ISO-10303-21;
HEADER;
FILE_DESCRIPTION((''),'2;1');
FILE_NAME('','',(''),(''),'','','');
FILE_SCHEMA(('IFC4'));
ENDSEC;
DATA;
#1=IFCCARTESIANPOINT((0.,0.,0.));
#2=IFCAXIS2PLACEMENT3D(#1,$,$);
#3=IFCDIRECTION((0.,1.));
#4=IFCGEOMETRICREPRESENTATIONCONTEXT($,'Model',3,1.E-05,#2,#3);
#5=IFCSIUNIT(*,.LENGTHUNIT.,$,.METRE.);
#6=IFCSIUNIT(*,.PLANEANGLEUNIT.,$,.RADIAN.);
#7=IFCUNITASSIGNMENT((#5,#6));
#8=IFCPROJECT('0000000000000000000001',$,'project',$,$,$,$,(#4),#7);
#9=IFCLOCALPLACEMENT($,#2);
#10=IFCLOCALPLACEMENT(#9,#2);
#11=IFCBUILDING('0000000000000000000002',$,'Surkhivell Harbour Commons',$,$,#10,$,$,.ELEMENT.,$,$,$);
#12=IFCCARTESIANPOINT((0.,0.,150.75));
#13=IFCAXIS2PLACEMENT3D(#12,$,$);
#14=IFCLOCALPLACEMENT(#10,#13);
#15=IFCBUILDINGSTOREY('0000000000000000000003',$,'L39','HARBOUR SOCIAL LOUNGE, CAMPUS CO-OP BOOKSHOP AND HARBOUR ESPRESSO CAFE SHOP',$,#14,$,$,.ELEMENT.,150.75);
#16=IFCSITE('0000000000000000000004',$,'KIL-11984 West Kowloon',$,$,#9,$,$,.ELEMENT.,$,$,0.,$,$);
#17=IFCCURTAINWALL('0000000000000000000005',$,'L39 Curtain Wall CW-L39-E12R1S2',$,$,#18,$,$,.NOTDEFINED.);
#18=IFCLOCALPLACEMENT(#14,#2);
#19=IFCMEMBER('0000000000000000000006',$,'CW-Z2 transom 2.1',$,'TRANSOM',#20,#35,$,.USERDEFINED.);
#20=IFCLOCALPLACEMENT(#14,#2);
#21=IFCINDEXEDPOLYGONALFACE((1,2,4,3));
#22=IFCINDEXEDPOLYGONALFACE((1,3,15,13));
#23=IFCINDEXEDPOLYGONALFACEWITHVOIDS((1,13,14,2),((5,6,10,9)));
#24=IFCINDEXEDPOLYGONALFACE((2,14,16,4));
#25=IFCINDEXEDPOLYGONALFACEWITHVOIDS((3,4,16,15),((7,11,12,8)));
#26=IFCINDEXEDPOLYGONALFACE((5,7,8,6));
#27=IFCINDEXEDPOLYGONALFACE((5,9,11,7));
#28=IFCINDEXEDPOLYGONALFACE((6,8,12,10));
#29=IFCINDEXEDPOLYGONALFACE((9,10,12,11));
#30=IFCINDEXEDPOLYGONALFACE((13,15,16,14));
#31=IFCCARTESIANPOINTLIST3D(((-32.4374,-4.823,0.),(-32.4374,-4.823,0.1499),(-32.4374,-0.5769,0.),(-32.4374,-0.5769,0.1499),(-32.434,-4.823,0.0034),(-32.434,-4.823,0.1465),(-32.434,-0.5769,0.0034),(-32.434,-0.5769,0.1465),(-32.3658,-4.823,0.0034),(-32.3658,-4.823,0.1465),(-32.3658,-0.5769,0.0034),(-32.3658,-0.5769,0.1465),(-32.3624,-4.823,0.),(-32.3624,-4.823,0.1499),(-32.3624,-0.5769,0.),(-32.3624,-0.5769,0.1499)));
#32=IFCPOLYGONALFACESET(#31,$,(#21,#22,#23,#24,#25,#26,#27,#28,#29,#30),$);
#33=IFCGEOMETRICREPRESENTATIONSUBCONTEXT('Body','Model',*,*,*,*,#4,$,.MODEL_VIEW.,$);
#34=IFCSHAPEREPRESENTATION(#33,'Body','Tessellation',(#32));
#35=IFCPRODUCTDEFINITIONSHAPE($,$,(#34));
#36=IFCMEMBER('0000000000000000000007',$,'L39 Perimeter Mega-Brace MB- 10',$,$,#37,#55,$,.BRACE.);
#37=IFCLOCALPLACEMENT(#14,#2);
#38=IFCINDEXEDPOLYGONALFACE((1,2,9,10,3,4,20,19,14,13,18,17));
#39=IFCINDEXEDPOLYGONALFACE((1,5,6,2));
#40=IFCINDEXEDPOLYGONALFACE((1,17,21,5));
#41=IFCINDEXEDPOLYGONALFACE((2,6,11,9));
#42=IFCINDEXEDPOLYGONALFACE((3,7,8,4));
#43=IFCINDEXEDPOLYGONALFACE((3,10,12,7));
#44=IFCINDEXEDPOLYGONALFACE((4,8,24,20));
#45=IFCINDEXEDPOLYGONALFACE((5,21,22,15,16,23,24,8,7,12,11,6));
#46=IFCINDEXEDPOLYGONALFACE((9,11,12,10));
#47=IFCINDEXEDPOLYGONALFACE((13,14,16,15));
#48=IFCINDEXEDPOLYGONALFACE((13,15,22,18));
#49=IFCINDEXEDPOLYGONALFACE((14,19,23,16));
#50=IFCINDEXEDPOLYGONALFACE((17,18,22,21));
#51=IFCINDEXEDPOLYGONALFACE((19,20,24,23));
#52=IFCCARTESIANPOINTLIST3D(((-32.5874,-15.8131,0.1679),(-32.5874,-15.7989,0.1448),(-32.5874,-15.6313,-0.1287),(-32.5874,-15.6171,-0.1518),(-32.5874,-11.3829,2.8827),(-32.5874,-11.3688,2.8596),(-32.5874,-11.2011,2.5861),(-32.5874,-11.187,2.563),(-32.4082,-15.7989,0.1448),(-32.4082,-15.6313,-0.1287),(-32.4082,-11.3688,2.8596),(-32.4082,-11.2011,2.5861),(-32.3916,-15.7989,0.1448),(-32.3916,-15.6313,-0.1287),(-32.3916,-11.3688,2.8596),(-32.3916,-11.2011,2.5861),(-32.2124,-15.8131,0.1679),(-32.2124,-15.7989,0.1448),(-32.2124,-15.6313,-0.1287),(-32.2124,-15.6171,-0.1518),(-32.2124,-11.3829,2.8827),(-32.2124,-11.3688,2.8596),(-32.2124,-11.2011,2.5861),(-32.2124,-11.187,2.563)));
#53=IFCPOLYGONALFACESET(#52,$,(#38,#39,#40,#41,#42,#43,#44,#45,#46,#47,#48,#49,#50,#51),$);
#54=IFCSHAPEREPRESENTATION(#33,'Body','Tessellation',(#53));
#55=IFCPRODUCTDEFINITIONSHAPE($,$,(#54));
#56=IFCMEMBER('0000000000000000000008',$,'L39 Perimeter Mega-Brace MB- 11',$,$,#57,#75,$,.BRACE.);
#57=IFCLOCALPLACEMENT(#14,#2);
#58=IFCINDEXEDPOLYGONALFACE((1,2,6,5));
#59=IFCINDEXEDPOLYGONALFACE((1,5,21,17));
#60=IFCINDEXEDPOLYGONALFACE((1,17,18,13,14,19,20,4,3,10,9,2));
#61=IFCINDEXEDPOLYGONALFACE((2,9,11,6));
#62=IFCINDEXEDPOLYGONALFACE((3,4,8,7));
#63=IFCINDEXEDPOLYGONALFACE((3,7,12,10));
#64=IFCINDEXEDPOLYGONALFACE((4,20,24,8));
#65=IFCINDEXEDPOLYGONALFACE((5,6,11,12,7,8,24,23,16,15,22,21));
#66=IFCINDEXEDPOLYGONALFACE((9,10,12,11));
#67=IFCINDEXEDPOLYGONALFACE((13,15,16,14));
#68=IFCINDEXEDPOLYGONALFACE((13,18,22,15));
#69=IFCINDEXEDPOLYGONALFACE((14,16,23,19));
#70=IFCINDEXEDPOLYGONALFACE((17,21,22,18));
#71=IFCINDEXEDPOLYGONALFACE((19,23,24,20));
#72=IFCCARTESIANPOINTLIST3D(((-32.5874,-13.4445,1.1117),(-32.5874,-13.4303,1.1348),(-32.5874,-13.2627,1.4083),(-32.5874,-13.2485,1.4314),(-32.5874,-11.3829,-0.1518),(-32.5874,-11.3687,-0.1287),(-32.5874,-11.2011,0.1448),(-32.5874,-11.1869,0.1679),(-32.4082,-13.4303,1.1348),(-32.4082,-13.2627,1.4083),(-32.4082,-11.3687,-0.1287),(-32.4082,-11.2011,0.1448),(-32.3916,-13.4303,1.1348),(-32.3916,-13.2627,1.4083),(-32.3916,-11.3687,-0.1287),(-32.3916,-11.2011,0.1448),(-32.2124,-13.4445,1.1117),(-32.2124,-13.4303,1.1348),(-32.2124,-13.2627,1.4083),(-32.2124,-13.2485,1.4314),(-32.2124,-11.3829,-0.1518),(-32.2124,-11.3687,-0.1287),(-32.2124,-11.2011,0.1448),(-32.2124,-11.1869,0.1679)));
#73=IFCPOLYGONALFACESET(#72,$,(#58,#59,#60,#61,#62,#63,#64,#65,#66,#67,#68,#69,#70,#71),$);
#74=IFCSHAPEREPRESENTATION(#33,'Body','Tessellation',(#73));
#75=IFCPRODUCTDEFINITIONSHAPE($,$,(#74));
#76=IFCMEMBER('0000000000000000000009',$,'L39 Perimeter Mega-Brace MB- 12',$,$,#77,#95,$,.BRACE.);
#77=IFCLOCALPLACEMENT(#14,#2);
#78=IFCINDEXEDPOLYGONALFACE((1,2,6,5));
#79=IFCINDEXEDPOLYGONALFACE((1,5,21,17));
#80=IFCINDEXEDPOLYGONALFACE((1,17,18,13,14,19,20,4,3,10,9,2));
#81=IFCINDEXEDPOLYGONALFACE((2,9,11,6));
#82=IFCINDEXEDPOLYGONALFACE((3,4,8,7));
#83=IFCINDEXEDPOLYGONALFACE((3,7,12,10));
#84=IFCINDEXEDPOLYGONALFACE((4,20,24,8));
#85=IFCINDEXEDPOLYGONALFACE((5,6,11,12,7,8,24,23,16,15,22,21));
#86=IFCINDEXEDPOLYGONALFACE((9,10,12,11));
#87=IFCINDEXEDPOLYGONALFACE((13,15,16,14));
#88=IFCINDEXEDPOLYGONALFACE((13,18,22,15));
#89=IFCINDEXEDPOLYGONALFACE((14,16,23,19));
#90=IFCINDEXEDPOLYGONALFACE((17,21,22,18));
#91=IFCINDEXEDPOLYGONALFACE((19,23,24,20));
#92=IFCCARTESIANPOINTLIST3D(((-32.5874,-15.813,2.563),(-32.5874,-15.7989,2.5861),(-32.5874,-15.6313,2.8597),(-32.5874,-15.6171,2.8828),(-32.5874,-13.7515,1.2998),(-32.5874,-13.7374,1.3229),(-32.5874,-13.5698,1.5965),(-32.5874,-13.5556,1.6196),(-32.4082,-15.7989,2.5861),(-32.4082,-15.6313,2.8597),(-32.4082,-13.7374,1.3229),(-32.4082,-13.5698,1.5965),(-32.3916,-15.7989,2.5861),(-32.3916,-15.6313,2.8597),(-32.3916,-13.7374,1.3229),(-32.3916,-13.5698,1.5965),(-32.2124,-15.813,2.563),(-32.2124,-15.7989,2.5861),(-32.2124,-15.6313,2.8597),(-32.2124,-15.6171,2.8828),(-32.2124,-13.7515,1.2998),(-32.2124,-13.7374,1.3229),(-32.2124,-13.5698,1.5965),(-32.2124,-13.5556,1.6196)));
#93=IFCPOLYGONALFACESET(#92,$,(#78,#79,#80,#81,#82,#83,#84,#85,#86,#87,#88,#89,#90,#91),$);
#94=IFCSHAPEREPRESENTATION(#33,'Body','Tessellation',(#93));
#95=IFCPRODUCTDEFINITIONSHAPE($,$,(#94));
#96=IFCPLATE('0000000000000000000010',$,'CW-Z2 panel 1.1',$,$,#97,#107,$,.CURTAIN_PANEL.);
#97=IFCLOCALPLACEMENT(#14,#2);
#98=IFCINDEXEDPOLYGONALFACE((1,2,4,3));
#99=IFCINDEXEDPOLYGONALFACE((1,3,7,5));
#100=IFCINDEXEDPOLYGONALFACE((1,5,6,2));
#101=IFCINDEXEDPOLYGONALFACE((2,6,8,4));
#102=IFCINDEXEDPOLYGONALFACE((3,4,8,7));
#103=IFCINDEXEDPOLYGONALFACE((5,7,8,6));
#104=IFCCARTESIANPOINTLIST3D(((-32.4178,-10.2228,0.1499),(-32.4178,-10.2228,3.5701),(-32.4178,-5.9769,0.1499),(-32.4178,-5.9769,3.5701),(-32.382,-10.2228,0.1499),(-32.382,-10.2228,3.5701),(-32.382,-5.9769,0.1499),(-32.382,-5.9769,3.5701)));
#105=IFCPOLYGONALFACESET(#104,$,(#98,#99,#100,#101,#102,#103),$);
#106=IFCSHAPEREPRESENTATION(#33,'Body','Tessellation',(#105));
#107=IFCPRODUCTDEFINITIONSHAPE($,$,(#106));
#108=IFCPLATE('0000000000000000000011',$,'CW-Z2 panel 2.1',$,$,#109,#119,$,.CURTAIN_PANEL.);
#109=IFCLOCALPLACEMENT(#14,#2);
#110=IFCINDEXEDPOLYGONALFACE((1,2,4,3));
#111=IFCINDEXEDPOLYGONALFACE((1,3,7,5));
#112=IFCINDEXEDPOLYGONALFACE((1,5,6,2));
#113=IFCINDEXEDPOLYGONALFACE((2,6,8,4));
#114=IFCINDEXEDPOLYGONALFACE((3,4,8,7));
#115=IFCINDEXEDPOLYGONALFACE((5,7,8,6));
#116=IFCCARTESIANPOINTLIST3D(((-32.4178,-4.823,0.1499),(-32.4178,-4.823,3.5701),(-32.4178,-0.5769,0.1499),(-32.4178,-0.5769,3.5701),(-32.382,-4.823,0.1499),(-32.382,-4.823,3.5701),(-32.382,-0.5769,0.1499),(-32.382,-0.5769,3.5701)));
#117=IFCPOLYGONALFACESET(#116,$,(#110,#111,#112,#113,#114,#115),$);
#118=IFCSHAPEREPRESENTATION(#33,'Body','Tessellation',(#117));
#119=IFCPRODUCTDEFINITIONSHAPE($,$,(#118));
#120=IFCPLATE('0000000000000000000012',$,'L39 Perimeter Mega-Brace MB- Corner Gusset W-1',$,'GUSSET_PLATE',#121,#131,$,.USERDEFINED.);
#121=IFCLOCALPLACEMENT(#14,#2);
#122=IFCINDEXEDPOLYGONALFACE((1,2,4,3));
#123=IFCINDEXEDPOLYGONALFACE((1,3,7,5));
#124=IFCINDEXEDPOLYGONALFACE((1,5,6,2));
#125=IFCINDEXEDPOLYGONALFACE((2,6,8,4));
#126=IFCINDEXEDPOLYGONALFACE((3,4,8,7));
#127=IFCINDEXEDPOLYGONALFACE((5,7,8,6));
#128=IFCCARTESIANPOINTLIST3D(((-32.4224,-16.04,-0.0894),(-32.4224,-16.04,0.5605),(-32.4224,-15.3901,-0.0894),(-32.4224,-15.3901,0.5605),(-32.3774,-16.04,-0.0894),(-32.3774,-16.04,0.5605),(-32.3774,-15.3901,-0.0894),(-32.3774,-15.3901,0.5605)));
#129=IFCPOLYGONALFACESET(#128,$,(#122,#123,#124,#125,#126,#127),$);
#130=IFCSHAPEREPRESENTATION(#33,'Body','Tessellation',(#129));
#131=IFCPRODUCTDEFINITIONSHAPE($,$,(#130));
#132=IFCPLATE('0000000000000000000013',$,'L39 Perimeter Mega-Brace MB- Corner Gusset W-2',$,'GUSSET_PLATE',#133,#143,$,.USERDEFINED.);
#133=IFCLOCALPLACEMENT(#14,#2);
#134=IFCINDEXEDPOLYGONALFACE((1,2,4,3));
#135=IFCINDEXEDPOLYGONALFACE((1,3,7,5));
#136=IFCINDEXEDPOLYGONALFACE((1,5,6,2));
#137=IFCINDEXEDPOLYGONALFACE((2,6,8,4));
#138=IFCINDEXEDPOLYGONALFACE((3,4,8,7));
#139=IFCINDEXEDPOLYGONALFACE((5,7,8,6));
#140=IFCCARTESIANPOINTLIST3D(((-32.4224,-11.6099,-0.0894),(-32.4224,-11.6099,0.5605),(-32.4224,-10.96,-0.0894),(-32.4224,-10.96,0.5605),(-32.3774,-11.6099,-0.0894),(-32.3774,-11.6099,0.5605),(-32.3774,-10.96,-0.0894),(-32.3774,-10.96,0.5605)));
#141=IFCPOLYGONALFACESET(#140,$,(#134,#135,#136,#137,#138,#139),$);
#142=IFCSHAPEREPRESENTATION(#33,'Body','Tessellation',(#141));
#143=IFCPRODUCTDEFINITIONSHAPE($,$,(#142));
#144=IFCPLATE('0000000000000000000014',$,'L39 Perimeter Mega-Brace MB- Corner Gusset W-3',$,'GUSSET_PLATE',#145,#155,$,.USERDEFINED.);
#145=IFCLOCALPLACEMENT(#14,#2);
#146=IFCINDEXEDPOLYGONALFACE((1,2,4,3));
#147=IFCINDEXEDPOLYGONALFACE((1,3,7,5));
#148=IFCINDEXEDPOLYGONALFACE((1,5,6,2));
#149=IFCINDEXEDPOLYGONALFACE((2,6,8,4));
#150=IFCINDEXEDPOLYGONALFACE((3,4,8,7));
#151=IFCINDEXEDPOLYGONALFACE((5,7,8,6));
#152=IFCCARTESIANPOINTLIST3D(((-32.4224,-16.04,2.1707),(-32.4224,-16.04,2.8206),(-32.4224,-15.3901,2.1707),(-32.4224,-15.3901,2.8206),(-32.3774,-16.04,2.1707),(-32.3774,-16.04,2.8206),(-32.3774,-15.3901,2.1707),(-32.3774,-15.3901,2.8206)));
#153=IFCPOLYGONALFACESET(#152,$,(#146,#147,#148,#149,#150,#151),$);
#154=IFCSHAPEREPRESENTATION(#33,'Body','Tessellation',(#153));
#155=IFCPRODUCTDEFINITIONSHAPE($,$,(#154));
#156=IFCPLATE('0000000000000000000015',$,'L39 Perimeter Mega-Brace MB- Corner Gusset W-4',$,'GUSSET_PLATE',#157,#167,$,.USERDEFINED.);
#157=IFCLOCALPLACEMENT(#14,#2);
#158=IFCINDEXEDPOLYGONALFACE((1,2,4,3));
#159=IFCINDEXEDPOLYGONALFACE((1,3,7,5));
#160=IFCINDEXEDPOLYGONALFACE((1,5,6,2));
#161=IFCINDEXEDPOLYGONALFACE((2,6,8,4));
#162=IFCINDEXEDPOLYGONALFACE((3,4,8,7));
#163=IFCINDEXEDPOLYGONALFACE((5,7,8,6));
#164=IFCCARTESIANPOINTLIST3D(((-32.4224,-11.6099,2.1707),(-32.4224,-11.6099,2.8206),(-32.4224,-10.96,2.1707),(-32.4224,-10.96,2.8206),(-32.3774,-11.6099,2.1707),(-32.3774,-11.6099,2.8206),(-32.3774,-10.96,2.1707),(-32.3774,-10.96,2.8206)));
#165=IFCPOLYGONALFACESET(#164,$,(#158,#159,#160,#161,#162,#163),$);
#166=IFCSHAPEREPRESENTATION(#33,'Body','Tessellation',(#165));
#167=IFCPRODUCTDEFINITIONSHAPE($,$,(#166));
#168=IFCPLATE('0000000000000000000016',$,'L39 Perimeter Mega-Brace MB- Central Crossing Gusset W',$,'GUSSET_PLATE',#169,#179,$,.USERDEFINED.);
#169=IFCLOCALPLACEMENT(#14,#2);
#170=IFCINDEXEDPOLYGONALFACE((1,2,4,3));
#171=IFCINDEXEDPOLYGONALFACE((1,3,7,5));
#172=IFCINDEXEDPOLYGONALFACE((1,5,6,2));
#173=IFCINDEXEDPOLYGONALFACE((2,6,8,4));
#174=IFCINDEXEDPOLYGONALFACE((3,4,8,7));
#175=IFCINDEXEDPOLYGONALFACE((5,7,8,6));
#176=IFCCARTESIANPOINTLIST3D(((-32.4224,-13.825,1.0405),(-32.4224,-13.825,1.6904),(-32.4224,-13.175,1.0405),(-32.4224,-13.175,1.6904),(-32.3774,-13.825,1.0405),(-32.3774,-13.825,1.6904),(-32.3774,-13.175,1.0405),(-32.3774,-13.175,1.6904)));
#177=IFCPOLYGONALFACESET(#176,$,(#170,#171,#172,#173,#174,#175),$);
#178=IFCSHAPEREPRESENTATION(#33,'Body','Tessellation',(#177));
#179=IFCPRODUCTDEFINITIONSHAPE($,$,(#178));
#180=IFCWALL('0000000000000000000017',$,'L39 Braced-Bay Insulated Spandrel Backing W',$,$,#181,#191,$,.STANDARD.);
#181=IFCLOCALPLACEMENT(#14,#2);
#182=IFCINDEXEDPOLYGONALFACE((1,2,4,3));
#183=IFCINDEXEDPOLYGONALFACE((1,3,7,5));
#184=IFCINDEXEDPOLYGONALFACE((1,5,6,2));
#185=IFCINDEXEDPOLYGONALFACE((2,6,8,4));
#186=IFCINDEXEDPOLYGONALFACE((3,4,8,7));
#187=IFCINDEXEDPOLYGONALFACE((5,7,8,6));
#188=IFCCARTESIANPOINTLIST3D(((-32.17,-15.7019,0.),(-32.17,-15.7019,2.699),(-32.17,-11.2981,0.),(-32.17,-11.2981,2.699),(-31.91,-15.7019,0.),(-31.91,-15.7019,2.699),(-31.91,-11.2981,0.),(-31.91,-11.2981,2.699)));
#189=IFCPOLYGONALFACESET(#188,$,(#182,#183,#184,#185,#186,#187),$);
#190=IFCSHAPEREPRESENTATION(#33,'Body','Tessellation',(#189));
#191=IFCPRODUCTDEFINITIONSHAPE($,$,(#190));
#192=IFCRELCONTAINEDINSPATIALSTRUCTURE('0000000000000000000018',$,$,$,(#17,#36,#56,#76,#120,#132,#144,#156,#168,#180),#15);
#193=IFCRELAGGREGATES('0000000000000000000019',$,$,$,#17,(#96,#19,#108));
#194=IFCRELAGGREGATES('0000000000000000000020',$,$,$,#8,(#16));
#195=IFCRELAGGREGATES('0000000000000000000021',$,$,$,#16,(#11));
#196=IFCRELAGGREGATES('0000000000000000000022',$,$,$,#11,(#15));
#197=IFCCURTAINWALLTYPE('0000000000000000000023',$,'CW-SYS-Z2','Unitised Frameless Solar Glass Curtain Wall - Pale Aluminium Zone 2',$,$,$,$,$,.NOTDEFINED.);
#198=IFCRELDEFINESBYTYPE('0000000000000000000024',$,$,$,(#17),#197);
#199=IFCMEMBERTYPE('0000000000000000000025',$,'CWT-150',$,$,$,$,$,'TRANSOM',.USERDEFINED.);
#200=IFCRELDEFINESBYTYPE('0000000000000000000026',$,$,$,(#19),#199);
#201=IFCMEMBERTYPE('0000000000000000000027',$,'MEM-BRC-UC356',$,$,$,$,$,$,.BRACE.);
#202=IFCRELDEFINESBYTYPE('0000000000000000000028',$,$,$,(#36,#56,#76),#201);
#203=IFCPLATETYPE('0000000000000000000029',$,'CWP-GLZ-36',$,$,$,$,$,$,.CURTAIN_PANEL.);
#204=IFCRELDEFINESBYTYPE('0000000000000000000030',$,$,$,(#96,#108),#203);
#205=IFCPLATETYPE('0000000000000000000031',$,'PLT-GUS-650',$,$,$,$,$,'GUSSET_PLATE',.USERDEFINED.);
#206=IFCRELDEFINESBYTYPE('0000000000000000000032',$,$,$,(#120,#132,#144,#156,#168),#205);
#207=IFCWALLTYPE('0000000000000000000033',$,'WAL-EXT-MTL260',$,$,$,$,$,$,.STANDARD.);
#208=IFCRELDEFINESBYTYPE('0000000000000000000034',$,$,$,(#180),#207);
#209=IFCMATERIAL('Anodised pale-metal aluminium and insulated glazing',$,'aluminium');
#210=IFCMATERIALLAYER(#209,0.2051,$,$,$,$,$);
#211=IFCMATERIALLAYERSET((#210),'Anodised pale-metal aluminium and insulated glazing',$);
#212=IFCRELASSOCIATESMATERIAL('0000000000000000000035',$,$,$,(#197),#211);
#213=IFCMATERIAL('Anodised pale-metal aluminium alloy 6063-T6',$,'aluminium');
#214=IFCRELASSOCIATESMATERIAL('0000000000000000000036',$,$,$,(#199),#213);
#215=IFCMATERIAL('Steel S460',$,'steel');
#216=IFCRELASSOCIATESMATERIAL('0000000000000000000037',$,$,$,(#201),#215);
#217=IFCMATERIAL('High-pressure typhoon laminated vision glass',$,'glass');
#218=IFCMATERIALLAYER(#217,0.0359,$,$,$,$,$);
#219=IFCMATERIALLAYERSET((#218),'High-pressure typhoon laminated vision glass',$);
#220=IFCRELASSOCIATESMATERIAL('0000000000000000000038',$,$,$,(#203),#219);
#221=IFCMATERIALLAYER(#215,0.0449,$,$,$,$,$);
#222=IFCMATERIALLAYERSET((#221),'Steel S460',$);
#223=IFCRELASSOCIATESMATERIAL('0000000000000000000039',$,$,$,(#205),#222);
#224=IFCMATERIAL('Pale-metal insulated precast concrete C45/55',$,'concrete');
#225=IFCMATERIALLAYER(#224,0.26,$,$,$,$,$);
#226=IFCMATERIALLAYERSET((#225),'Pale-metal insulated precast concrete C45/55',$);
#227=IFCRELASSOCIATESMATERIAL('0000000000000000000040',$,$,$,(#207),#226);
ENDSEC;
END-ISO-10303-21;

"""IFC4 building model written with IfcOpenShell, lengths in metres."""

from ifc_helpers import new_model, si_unit, direction, frame, frame_2d, origin, origin_2d, place, context, subcontext, project, spatial, rectangle, hollow_rectangle, i_section, extrude, material, layer, layer_set, material_profile, profile_set, type_object, element, aggregate, save


model = new_model("IFC4")

# Units and contexts
model_context = context("Model", 3, precision=1e-05, world=origin(), true_north=direction((0.0, 1.0)))
body_context = subcontext(model_context, "Body", "Model", "MODEL_VIEW")
ifc_project = project(units=[si_unit("LENGTHUNIT", "METRE"), si_unit("PLANEANGLEUNIT", "RADIAN")], contexts=[model_context])

# Site, building, storey
site_placement = place(None, origin())
site = spatial("IfcSite", under=ifc_project, at=site_placement, Name="KIL-11984 West Kowloon", CompositionType="ELEMENT", RefElevation=0.0)
building_placement = place(site_placement, origin())
building = spatial("IfcBuilding", under=site, at=building_placement, Name="Surkhivell Harbour Commons", CompositionType="ELEMENT")
storey_placement = place(building_placement, frame((0.0, 0.0, 150.75)))
storey = spatial("IfcBuildingStorey", under=building, at=storey_placement, Name="L39", Description="HARBOUR SOCIAL LOUNGE, CAMPUS CO-OP BOOKSHOP AND HARBOUR ESPRESSO CAFE SHOP", CompositionType="ELEMENT", Elevation=150.75)

# Shared definitions
ifc_material_1 = material(Name="Steel S460", Category="steel")

# Curtain wall, member
ifc_material_2 = material(Name="Anodised pale-metal aluminium and insulated glazing", Category="aluminium")
ifc_layer_1 = layer(ifc_material_2, 0.2051)
ifc_layer_set_1 = layer_set([ifc_layer_1], Name="Anodised pale-metal aluminium and insulated glazing")
curtain_wall_type = type_object("IfcCurtainWallType", Name="CW-SYS-Z2", Description="Unitised Frameless Solar Glass Curtain Wall - Pale Aluminium Zone 2", PredefinedType="NOTDEFINED", material=ifc_layer_set_1)
curtain_wall_placement = place(storey_placement, origin())
curtain_wall = element("IfcCurtainWall", 1, at=curtain_wall_placement, inside=storey, type_object=curtain_wall_type, Name="L39 Curtain Wall CW-L39-E12R1S2", PredefinedType="NOTDEFINED")
ifc_material_3 = material(Name="Anodised pale-metal aluminium alloy 6063-T6", Category="aluminium")
ifc_material_profile_1 = material_profile(ifc_material_3, hollow_rectangle(XDim=0.075, YDim=0.1499, WallThickness=0.0034, at=origin_2d()), Name="ALU-TRAN-75x150")
ifc_profile_set_1 = profile_set([ifc_material_profile_1], Name="Anodised pale-metal aluminium alloy 6063-T6")
member_type_1 = type_object("IfcMemberType", Name="CWT-150", ElementType="TRANSOM", PredefinedType="USERDEFINED", material=ifc_profile_set_1)
member_1_placement = place(storey_placement, frame((-32.3999, -4.823, 0.075), z_axis=(0.0, 1.0, 0.0), x_axis=(-1.0, 0.0, 0.0)))
member_1 = element("IfcMember", 2, at=member_1_placement, type_object=member_type_1, Name="CW-Z2 transom 2.1", ObjectType="TRANSOM", PredefinedType="USERDEFINED", context=body_context, shape_type="SweptSolid", body=[
    extrude(hollow_rectangle(XDim=0.075, YDim=0.1499, WallThickness=0.0034, at=origin_2d()), origin(), (0.0, 0.0, 1.0), 4.2461),
])

# Members
ifc_material_profile_2 = material_profile(ifc_material_1, i_section(OverallWidth=0.375, OverallDepth=0.375, WebThickness=0.0166, FlangeThickness=0.0271, at=origin_2d()), Name="UC356x368x202")
ifc_profile_set_2 = profile_set([ifc_material_profile_2], Name="Steel S460")
member_type_2 = type_object("IfcMemberType", Name="MEM-BRC-UC356", PredefinedType="BRACE", material=ifc_profile_set_2)
member_2_placement = place(storey_placement, frame((-32.3999, -15.7151, 0.0081), z_axis=(0.0, 0.852638, 0.522503), x_axis=(-1.0, 0.0, 0.0)))
element("IfcMember", 3, at=member_2_placement, inside=storey, type_object=member_type_2, Name="L39 Perimeter Mega-Brace MB- 10", PredefinedType="BRACE", context=body_context, shape_type="SweptSolid", body=[
    extrude(i_section(OverallWidth=0.375, OverallDepth=0.375, WebThickness=0.0166, FlangeThickness=0.0271, at=origin_2d()), origin(), (0.0, 0.0, 1.0), 5.1958),
])
member_3_placement = place(storey_placement, frame((-32.3999, -11.2849, 0.0081), z_axis=(0.0, -0.852617, 0.522536), x_axis=(1.0, 0.0, 0.0)))
element("IfcMember", 4, at=member_3_placement, inside=storey, type_object=member_type_2, Name="L39 Perimeter Mega-Brace MB- 11", PredefinedType="BRACE", context=body_context, shape_type="SweptSolid", body=[
    extrude(i_section(OverallWidth=0.375, OverallDepth=0.375, WebThickness=0.0166, FlangeThickness=0.0271, at=origin_2d()), origin(), (0.0, 0.0, 1.0), 2.418),
])
member_4_placement = place(storey_placement, frame((-32.3999, -13.6536, 1.4597), z_axis=(0.0, -0.852662, 0.522463), x_axis=(1.0, 0.0, 0.0)))
element("IfcMember", 5, at=member_4_placement, inside=storey, type_object=member_type_2, Name="L39 Perimeter Mega-Brace MB- 12", PredefinedType="BRACE", context=body_context, shape_type="SweptSolid", body=[
    extrude(i_section(OverallWidth=0.375, OverallDepth=0.375, WebThickness=0.0166, FlangeThickness=0.0271, at=origin_2d()), origin(), (0.0, 0.0, 1.0), 2.4177),
])

# Plates
ifc_material_4 = material(Name="High-pressure typhoon laminated vision glass", Category="glass")
ifc_layer_2 = layer(ifc_material_4, 0.0359)
ifc_layer_set_2 = layer_set([ifc_layer_2], Name="High-pressure typhoon laminated vision glass")
plate_type_1 = type_object("IfcPlateType", Name="CWP-GLZ-36", PredefinedType="CURTAIN_PANEL", material=ifc_layer_set_2)
plate_1_placement = place(storey_placement, frame((-32.3999, -10.2229, 0.1499), z_axis=(0.0, 0.0, 1.0), x_axis=(0.0, 1.0, 0.0)))
plate_1 = element("IfcPlate", 6, at=plate_1_placement, type_object=plate_type_1, Name="CW-Z2 panel 1.1", PredefinedType="CURTAIN_PANEL", context=body_context, shape_type="SweptSolid", body=[
    extrude(rectangle(XDim=4.2458, YDim=0.0359, at=frame_2d((2.123, 0.0))), origin(), (0.0, 0.0, 1.0), 3.4202),
])
plate_2_placement = place(storey_placement, frame((-32.3999, -4.823, 0.1499), z_axis=(0.0, 0.0, 1.0), x_axis=(0.0, 1.0, 0.0)))
plate_2 = element("IfcPlate", 7, at=plate_2_placement, type_object=plate_type_1, Name="CW-Z2 panel 2.1", PredefinedType="CURTAIN_PANEL", context=body_context, shape_type="SweptSolid", body=[
    extrude(rectangle(XDim=4.2461, YDim=0.0359, at=frame_2d((2.123, 0.0))), origin(), (0.0, 0.0, 1.0), 3.4202),
])
aggregate(curtain_wall, [plate_1, member_1, plate_2])

# Plates
ifc_layer_3 = layer(ifc_material_1, 0.0449)
ifc_layer_set_3 = layer_set([ifc_layer_3], Name="Steel S460")
plate_type_2 = type_object("IfcPlateType", Name="PLT-GUS-650", ElementType="GUSSET_PLATE", PredefinedType="USERDEFINED", material=ifc_layer_set_3)
for number, where, z_axis, x_axis, name in (
    (8, (-32.3999, -15.7151, -0.0894), (0.0, 0.0, 1.0), (0.0, 1.0, 0.0), "L39 Perimeter Mega-Brace MB- Corner Gusset W-1"),
    (9, (-32.3999, -11.2849, -0.0894), (0.0, 0.0, 1.0), (0.0, 1.0, 0.0), "L39 Perimeter Mega-Brace MB- Corner Gusset W-2"),
    (10, (-32.3999, -15.7151, 2.1707), (0.0, 0.0, 1.0), (0.0, 1.0, 0.0), "L39 Perimeter Mega-Brace MB- Corner Gusset W-3"),
    (11, (-32.3999, -11.2849, 2.1707), (0.0, 0.0, 1.0), (0.0, 1.0, 0.0), "L39 Perimeter Mega-Brace MB- Corner Gusset W-4"),
    (12, (-32.3999, -13.5, 1.0405), (0.0, 0.0, 1.0), (0.0, 1.0, 0.0), "L39 Perimeter Mega-Brace MB- Central Crossing Gusset W"),
):
    element("IfcPlate", number, at=place(storey_placement, frame(where, z_axis=z_axis, x_axis=x_axis)), inside=storey, type_object=plate_type_2, Name=name, ObjectType="GUSSET_PLATE", PredefinedType="USERDEFINED", context=body_context, shape_type="SweptSolid", body=[
        extrude(rectangle(XDim=0.6499, YDim=0.0449, at=origin_2d()), origin(), (0.0, 0.0, 1.0), 0.6499),
    ])

# Wall
ifc_material_5 = material(Name="Pale-metal insulated precast concrete C45/55", Category="concrete")
ifc_layer_4 = layer(ifc_material_5, 0.26)
ifc_layer_set_4 = layer_set([ifc_layer_4], Name="Pale-metal insulated precast concrete C45/55")
wall_type_1 = type_object("IfcWallType", Name="WAL-EXT-MTL260", PredefinedType="STANDARD", material=ifc_layer_set_4)
wall_1_placement = place(storey_placement, frame((-32.04, -15.7019, 0.0), z_axis=(0.0, 0.0, 1.0), x_axis=(0.0, 1.0, 0.0)))
element("IfcWall", 13, at=wall_1_placement, inside=storey, type_object=wall_type_1, Name="L39 Braced-Bay Insulated Spandrel Backing W", PredefinedType="STANDARD", context=body_context, shape_type="SweptSolid", body=[
    extrude(rectangle(XDim=4.4038, YDim=0.26, at=frame_2d((2.2019, 0.0))), origin(), (0.0, 0.0, 1.0), 2.699),
])

save(model, "model.ifc")
